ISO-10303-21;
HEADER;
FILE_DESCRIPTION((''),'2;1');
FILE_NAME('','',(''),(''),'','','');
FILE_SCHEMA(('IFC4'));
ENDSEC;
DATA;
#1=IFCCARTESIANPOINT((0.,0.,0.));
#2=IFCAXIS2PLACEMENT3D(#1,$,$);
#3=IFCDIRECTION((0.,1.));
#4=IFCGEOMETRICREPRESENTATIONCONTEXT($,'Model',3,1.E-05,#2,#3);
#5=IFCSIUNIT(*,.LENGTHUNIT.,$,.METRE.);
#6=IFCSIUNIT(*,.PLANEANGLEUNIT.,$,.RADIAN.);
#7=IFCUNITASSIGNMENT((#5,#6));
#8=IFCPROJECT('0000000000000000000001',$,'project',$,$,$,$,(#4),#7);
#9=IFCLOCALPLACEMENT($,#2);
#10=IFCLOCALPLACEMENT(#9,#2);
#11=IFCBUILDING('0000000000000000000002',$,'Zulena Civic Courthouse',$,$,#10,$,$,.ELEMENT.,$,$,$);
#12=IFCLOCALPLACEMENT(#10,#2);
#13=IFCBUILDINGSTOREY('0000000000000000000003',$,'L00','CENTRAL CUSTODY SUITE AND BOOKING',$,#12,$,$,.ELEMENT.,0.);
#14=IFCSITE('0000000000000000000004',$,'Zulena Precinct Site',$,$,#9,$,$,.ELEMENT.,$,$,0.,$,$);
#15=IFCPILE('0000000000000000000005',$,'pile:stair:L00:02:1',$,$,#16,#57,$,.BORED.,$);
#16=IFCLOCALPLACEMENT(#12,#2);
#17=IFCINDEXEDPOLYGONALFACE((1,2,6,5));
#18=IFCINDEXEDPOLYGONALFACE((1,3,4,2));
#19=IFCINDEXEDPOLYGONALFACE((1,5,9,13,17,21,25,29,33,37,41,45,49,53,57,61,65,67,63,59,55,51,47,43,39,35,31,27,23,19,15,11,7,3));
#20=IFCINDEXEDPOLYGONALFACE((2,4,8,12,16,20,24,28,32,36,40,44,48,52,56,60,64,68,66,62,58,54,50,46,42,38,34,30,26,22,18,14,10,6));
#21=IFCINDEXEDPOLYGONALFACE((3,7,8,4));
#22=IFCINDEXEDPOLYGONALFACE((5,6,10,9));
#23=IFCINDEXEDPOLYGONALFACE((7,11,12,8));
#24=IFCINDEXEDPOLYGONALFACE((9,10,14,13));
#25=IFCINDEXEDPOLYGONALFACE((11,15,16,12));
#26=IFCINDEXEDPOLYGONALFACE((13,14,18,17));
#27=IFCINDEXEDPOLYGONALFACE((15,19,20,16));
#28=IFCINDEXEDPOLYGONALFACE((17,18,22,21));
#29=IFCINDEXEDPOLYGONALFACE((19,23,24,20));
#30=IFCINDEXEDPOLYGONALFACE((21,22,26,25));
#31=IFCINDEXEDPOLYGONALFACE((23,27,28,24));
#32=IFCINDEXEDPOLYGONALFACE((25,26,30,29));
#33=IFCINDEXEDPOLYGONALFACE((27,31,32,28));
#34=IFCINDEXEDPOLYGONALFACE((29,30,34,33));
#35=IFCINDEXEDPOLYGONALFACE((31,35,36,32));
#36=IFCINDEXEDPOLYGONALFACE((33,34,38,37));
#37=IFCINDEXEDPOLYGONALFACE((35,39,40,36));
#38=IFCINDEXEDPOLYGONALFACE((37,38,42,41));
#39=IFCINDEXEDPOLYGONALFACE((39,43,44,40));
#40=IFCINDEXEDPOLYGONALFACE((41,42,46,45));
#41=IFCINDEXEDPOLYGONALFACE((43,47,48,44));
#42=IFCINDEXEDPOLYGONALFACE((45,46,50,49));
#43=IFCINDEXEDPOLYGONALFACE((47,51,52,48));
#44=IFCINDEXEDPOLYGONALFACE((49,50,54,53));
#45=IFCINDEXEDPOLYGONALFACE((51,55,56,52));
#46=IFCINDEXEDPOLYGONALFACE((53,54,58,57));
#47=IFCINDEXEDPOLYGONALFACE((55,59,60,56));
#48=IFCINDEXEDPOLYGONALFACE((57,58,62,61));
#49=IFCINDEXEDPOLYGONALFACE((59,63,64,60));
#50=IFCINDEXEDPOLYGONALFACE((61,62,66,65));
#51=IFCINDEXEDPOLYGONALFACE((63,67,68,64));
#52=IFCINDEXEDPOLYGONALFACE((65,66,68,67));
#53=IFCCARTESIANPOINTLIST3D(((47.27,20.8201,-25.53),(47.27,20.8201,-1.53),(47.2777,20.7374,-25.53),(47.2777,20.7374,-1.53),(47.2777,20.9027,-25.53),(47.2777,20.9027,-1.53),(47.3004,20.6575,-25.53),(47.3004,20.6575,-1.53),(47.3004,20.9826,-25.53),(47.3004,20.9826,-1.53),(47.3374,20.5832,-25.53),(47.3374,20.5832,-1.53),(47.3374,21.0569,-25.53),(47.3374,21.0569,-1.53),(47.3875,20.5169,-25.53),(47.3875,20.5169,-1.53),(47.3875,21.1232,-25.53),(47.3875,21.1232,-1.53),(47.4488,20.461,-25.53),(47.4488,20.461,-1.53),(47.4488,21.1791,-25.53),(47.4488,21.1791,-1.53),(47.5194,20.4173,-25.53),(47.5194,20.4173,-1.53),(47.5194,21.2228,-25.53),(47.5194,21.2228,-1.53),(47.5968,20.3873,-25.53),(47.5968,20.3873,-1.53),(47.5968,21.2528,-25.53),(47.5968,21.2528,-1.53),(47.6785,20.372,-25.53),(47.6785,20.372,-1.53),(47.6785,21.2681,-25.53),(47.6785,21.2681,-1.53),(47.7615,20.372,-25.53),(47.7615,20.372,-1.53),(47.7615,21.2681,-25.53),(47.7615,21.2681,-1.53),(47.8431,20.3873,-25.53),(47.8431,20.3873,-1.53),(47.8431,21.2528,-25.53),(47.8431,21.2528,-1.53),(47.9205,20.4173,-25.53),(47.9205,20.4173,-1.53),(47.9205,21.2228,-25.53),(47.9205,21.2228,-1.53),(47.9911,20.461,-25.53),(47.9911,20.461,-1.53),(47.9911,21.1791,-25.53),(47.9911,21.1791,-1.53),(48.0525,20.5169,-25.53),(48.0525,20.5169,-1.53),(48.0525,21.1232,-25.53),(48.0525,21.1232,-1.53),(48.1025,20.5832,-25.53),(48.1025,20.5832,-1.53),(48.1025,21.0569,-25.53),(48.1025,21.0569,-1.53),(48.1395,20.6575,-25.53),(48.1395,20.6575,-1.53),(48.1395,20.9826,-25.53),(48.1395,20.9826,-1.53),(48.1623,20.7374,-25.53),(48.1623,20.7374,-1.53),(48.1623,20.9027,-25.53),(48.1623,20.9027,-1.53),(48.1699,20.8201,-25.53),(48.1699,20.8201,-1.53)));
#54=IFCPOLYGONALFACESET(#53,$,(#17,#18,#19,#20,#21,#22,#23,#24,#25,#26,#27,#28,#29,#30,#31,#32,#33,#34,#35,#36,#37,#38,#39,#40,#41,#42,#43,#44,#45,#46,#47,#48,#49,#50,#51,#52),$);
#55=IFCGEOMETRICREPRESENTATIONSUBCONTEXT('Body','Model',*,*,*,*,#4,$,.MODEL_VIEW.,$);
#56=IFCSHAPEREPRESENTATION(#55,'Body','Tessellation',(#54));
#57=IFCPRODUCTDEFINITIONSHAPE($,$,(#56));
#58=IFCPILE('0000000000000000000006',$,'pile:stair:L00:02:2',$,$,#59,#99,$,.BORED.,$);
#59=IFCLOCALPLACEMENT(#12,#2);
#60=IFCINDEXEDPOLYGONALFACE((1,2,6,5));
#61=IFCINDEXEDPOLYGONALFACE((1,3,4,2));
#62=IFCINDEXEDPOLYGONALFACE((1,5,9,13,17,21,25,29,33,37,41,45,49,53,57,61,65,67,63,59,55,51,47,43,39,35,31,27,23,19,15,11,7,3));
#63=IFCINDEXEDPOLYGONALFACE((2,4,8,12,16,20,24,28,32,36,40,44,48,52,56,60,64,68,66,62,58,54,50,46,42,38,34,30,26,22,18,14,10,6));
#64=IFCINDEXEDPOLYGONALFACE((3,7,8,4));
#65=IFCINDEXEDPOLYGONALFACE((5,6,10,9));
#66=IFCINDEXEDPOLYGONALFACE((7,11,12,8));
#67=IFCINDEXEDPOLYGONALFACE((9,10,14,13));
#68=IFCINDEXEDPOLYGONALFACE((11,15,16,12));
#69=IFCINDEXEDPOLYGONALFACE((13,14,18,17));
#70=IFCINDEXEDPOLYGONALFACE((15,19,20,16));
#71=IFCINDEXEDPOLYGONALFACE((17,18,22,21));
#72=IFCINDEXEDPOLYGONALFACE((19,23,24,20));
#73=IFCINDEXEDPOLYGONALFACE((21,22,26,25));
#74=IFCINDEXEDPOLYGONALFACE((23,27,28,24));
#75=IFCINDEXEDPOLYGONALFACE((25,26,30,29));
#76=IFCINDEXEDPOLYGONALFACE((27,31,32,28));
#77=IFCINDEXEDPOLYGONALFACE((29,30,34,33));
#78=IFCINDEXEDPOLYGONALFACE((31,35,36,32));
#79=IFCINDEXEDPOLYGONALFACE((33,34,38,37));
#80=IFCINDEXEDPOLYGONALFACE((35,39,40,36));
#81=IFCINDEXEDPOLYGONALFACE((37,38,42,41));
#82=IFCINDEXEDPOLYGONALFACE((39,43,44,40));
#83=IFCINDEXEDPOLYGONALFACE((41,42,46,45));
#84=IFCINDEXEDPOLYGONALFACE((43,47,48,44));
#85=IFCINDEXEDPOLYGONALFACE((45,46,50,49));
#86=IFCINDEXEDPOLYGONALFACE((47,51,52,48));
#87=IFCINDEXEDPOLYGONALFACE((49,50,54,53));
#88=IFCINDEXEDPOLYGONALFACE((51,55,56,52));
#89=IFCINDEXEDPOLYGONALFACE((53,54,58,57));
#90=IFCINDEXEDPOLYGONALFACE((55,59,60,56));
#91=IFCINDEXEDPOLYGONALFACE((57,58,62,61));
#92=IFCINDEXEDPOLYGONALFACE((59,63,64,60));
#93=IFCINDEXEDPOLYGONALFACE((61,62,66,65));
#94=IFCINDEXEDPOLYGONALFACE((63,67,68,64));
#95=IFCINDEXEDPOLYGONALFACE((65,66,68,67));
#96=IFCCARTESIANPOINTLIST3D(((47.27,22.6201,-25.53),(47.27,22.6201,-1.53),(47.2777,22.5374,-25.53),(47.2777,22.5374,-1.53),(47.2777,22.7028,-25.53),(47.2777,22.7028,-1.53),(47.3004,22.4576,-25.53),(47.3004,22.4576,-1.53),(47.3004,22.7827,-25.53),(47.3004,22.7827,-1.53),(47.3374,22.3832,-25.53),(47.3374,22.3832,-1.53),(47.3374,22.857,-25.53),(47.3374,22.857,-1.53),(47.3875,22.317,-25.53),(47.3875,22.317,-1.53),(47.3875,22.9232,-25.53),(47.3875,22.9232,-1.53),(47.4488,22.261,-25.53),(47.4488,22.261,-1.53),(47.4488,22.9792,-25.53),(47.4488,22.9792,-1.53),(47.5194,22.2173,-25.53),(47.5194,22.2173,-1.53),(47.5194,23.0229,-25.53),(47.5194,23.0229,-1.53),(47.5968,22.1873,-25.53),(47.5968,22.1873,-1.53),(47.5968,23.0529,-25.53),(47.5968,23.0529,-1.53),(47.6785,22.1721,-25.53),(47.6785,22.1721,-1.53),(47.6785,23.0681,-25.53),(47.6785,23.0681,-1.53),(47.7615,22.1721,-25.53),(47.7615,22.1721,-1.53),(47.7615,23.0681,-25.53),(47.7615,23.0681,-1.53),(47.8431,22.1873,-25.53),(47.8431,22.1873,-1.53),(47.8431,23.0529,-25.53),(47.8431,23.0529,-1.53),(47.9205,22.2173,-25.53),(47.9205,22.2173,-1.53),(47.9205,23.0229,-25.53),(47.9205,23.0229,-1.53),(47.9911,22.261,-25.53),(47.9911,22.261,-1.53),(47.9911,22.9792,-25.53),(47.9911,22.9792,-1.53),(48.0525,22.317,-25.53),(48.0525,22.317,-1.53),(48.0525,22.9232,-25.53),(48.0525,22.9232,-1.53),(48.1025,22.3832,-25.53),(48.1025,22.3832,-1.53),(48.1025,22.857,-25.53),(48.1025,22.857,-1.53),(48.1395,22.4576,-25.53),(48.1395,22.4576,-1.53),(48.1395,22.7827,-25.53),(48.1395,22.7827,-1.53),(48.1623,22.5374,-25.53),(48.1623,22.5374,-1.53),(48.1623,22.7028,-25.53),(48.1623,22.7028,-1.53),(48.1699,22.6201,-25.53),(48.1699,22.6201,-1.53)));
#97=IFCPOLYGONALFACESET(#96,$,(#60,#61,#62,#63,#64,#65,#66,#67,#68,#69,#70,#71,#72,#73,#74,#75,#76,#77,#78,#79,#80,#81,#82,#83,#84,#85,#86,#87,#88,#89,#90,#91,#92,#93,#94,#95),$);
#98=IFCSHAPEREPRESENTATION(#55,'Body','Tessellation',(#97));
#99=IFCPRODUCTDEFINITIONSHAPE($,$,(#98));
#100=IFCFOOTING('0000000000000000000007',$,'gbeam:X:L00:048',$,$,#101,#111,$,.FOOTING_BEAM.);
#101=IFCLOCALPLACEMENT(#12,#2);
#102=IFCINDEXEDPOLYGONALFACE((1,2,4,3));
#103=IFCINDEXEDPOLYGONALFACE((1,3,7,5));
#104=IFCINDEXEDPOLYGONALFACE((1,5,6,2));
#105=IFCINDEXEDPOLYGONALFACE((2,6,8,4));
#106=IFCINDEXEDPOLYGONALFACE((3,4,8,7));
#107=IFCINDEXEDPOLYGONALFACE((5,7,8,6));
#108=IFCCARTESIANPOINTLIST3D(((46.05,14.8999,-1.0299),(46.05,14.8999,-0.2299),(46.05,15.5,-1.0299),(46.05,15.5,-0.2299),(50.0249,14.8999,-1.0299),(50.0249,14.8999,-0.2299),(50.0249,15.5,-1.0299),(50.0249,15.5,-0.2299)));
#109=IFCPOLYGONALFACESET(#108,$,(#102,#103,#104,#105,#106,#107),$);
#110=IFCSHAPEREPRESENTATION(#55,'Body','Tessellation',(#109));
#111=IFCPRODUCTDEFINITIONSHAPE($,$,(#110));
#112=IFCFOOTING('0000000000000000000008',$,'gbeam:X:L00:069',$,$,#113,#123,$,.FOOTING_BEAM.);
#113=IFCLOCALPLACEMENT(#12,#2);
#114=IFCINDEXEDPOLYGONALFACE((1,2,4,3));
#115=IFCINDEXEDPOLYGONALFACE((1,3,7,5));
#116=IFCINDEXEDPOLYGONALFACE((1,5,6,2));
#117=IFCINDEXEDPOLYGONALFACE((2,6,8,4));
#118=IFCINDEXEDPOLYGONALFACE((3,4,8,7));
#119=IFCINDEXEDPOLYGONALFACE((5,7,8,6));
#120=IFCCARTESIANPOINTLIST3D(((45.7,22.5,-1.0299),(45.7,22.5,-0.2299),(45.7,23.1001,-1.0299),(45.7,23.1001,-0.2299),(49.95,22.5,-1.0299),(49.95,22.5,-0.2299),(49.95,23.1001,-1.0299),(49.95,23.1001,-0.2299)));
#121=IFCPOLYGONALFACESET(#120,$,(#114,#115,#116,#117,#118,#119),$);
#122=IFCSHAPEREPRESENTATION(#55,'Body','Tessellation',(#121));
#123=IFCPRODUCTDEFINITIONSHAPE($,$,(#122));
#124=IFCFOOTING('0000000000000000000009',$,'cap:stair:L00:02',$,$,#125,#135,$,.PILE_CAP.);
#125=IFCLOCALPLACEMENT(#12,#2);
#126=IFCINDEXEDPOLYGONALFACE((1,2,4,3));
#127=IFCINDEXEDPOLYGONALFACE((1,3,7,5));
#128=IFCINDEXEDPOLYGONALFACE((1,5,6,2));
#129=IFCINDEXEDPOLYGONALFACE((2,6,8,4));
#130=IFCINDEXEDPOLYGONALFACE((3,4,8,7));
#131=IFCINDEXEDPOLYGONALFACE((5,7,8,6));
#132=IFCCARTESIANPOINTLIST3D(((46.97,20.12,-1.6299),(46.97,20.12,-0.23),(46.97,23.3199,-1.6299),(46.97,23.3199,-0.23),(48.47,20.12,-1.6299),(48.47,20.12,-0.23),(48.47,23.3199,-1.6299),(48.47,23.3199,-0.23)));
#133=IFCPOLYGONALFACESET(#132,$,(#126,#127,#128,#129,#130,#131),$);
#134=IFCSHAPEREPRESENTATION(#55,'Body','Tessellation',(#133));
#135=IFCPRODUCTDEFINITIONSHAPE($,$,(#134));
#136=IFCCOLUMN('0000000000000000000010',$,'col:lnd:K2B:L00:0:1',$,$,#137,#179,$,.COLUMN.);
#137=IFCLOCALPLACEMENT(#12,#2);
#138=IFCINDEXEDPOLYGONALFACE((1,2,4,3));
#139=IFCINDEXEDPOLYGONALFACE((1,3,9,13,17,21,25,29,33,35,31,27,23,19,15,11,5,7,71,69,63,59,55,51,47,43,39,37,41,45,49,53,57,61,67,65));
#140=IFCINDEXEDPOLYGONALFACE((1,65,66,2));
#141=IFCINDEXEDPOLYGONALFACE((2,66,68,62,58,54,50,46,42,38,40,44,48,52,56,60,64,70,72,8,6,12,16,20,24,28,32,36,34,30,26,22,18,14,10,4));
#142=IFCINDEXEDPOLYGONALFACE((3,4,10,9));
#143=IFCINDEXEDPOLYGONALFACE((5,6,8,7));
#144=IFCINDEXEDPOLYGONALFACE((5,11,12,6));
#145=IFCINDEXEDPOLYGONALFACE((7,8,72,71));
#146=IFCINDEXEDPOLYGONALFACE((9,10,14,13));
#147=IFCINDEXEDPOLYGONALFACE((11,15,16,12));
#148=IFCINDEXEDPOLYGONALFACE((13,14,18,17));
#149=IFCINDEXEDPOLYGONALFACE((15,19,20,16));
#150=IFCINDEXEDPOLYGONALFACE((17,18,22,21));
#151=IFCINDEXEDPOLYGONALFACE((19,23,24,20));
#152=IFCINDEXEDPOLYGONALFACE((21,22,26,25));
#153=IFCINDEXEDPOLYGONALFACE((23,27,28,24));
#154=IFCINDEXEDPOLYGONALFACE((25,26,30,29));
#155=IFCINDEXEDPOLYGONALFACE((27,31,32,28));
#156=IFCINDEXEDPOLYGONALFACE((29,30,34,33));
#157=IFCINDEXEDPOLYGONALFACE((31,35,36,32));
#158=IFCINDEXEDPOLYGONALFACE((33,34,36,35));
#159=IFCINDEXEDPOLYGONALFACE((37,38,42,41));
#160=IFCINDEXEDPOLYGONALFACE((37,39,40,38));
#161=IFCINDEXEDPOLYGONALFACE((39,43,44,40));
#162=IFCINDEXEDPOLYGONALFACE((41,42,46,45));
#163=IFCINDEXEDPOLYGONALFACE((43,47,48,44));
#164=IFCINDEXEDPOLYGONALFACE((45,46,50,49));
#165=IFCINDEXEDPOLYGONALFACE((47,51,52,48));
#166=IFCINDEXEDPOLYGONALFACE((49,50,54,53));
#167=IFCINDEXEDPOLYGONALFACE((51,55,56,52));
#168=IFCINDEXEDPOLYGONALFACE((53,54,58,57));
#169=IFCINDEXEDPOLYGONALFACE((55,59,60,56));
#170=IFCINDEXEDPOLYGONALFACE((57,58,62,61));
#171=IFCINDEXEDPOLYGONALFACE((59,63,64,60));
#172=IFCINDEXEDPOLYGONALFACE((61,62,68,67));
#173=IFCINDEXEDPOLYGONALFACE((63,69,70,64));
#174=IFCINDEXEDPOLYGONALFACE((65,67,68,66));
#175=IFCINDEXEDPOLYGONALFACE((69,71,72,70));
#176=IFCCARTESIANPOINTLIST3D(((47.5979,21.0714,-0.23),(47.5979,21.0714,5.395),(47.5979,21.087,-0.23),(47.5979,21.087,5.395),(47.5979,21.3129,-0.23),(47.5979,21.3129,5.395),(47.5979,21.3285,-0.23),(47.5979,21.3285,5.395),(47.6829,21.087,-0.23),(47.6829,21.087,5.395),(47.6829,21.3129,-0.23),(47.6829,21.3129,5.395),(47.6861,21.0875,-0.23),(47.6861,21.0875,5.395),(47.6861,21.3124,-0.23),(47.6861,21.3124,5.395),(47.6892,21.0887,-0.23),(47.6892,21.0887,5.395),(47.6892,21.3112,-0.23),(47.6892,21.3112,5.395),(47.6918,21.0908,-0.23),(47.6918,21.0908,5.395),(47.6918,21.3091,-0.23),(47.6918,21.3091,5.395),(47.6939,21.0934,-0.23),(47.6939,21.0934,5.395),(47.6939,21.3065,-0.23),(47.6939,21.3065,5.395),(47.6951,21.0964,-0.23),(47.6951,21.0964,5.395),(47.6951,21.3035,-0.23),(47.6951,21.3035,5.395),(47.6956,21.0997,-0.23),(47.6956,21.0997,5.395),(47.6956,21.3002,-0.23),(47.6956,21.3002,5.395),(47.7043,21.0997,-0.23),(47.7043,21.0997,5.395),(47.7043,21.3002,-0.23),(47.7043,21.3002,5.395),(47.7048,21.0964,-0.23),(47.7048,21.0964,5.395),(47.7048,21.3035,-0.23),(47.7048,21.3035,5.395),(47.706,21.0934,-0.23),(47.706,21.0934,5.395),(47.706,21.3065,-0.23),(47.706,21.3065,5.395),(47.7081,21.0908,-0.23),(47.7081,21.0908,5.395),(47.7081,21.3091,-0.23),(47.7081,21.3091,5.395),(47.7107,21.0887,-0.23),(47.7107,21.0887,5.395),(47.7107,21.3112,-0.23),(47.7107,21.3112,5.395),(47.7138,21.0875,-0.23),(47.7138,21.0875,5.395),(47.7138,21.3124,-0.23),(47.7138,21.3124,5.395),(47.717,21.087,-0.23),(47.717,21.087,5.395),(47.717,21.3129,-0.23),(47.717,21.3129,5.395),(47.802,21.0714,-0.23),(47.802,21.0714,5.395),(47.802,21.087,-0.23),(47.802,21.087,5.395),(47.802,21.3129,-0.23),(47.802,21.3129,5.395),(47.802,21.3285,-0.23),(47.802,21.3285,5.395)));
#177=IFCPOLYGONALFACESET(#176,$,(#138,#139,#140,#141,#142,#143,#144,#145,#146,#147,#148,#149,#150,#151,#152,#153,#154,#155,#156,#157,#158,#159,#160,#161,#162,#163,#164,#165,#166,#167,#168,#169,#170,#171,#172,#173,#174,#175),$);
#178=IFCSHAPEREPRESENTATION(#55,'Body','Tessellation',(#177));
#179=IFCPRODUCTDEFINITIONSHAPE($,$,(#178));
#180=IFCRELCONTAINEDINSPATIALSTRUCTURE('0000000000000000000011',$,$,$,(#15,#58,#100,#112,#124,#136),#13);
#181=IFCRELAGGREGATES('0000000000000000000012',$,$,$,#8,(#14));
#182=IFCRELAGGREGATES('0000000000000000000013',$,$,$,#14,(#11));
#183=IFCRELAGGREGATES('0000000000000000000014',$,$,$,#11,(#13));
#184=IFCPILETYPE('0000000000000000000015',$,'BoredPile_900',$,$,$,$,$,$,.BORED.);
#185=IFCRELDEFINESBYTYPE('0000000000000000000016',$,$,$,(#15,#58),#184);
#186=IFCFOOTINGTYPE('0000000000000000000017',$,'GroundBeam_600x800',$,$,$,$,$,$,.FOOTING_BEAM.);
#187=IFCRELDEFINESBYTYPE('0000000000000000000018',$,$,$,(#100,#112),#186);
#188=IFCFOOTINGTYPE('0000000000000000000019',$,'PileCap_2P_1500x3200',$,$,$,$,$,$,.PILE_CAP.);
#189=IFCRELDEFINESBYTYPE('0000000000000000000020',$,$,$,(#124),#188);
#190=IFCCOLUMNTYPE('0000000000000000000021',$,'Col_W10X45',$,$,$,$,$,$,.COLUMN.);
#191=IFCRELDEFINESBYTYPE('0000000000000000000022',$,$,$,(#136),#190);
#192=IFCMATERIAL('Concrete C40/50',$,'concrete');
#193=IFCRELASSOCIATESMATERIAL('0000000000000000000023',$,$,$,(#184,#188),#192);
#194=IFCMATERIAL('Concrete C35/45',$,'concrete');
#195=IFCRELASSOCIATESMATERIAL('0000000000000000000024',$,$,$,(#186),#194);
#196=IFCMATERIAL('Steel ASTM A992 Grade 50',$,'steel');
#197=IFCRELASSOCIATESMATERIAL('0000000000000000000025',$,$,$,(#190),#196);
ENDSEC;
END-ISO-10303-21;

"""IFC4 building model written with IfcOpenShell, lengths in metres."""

from ifc_helpers import new_model, si_unit, direction, frame, origin, origin_2d, place, context, subcontext, project, spatial, rectangle, circle, i_section, extrude, material, material_profile, profile_set, type_object, element, save


model = new_model("IFC4")

# Units and contexts
model_context = context("Model", 3, precision=1e-05, world=origin(), true_north=direction((0.0, 1.0)))
body_context = subcontext(model_context, "Body", "Model", "MODEL_VIEW")
ifc_project = project(units=[si_unit("LENGTHUNIT", "METRE"), si_unit("PLANEANGLEUNIT", "RADIAN")], contexts=[model_context])

# Site, building, storey
site_placement = place(None, origin())
site = spatial("IfcSite", under=ifc_project, at=site_placement, Name="Zulena Precinct Site", CompositionType="ELEMENT", RefElevation=0.0)
building_placement = place(site_placement, origin())
building = spatial("IfcBuilding", under=site, at=building_placement, Name="Zulena Civic Courthouse", CompositionType="ELEMENT")
storey_placement = place(building_placement, origin())
storey = spatial("IfcBuildingStorey", under=building, at=storey_placement, Name="L00", Description="CENTRAL CUSTODY SUITE AND BOOKING", CompositionType="ELEMENT", Elevation=0.0)

# Piles
ifc_material_1 = material(Name="Concrete C40/50", Category="concrete")
ifc_material_profile_1 = material_profile(ifc_material_1, circle(Radius=0.45, at=origin_2d()), Name="PILE900")
ifc_profile_set_1 = profile_set([ifc_material_profile_1], Name="Concrete C40/50")
pile_type_1 = type_object("IfcPileType", Name="BoredPile_900", PredefinedType="BORED", material=ifc_profile_set_1)
for number, where, z_axis, x_axis, name in (
    (1, (47.72, 20.8201, -1.53), (0.0, 0.0, -1.0), (1.0, 0.0, 0.0), "pile:stair:L00:02:1"),
    (2, (47.72, 22.6201, -1.53), (0.0, 0.0, -1.0), (1.0, 0.0, 0.0), "pile:stair:L00:02:2"),
):
    element("IfcPile", number, at=place(storey_placement, frame(where, z_axis=z_axis, x_axis=x_axis)), inside=storey, type_object=pile_type_1, Name=name, PredefinedType="BORED", context=body_context, shape_type="SweptSolid", body=[
        extrude(circle(Radius=0.45, at=origin_2d()), origin(), (0.0, 0.0, 1.0), 24.0),
    ])

# Footings
ifc_material_2 = material(Name="Concrete C35/45", Category="concrete")
ifc_material_profile_2 = material_profile(ifc_material_2, rectangle(XDim=0.6001, YDim=0.8, at=origin_2d()), Name="RC600X800")
ifc_profile_set_2 = profile_set([ifc_material_profile_2], Name="Concrete C35/45")
footing_type_1 = type_object("IfcFootingType", Name="GroundBeam_600x800", PredefinedType="FOOTING_BEAM", material=ifc_profile_set_2)
footing_1_placement = place(storey_placement, frame((46.05, 15.2, -0.6299), z_axis=(1.0, 0.0, 0.0), x_axis=(0.0, 1.0, 0.0)))
element("IfcFooting", 3, at=footing_1_placement, inside=storey, type_object=footing_type_1, Name="gbeam:X:L00:048", PredefinedType="FOOTING_BEAM", context=body_context, shape_type="SweptSolid", body=[
    extrude(rectangle(XDim=0.6001, YDim=0.8, at=origin_2d()), origin(), (0.0, 0.0, 1.0), 3.9749),
])
footing_2_placement = place(storey_placement, frame((45.7, 22.8, -0.6299), z_axis=(1.0, 0.0, 0.0), x_axis=(0.0, 1.0, 0.0)))
element("IfcFooting", 4, at=footing_2_placement, inside=storey, type_object=footing_type_1, Name="gbeam:X:L00:069", PredefinedType="FOOTING_BEAM", context=body_context, shape_type="SweptSolid", body=[
    extrude(rectangle(XDim=0.6001, YDim=0.8, at=origin_2d()), origin(), (0.0, 0.0, 1.0), 4.25),
])
footing_type_2 = type_object("IfcFootingType", Name="PileCap_2P_1500x3200", PredefinedType="PILE_CAP", material=ifc_material_1)
footing_3_placement = place(storey_placement, frame((47.72, 21.72, -1.6299), z_axis=(0.0, 0.0, 1.0), x_axis=(1.0, 0.0, 0.0)))
element("IfcFooting", 5, at=footing_3_placement, inside=storey, type_object=footing_type_2, Name="cap:stair:L00:02", PredefinedType="PILE_CAP", context=body_context, shape_type="SweptSolid", body=[
    extrude(rectangle(XDim=1.5, YDim=3.2, at=origin_2d()), origin(), (0.0, 0.0, 1.0), 1.3999),
])

# Column
ifc_material_3 = material(Name="Steel ASTM A992 Grade 50", Category="steel")
ifc_material_profile_3 = material_profile(ifc_material_3, i_section(OverallWidth=0.2041, OverallDepth=0.2571, WebThickness=0.0088, FlangeThickness=0.0156, FilletRadius=0.0127, at=origin_2d()), Name="W10X45")
ifc_profile_set_3 = profile_set([ifc_material_profile_3], Name="Steel ASTM A992 Grade 50")
column_type = type_object("IfcColumnType", Name="Col_W10X45", PredefinedType="COLUMN", material=ifc_profile_set_3)
for number, where, z_axis, x_axis, name in (
    (6, (47.7, 21.2, -0.23), (0.0, 0.0, 1.0), (1.0, 0.0, 0.0), "col:lnd:K2B:L00:0:1"),
):
    element("IfcColumn", number, at=place(storey_placement, frame(where, z_axis=z_axis, x_axis=x_axis)), inside=storey, type_object=column_type, Name=name, PredefinedType="COLUMN", context=body_context, shape_type="SweptSolid", body=[
        extrude(i_section(OverallWidth=0.2041, OverallDepth=0.2571, WebThickness=0.0088, FlangeThickness=0.0156, FilletRadius=0.0127, at=origin_2d()), origin(), (0.0, 0.0, 1.0), 5.625),
    ])

save(model, "model.ifc")
